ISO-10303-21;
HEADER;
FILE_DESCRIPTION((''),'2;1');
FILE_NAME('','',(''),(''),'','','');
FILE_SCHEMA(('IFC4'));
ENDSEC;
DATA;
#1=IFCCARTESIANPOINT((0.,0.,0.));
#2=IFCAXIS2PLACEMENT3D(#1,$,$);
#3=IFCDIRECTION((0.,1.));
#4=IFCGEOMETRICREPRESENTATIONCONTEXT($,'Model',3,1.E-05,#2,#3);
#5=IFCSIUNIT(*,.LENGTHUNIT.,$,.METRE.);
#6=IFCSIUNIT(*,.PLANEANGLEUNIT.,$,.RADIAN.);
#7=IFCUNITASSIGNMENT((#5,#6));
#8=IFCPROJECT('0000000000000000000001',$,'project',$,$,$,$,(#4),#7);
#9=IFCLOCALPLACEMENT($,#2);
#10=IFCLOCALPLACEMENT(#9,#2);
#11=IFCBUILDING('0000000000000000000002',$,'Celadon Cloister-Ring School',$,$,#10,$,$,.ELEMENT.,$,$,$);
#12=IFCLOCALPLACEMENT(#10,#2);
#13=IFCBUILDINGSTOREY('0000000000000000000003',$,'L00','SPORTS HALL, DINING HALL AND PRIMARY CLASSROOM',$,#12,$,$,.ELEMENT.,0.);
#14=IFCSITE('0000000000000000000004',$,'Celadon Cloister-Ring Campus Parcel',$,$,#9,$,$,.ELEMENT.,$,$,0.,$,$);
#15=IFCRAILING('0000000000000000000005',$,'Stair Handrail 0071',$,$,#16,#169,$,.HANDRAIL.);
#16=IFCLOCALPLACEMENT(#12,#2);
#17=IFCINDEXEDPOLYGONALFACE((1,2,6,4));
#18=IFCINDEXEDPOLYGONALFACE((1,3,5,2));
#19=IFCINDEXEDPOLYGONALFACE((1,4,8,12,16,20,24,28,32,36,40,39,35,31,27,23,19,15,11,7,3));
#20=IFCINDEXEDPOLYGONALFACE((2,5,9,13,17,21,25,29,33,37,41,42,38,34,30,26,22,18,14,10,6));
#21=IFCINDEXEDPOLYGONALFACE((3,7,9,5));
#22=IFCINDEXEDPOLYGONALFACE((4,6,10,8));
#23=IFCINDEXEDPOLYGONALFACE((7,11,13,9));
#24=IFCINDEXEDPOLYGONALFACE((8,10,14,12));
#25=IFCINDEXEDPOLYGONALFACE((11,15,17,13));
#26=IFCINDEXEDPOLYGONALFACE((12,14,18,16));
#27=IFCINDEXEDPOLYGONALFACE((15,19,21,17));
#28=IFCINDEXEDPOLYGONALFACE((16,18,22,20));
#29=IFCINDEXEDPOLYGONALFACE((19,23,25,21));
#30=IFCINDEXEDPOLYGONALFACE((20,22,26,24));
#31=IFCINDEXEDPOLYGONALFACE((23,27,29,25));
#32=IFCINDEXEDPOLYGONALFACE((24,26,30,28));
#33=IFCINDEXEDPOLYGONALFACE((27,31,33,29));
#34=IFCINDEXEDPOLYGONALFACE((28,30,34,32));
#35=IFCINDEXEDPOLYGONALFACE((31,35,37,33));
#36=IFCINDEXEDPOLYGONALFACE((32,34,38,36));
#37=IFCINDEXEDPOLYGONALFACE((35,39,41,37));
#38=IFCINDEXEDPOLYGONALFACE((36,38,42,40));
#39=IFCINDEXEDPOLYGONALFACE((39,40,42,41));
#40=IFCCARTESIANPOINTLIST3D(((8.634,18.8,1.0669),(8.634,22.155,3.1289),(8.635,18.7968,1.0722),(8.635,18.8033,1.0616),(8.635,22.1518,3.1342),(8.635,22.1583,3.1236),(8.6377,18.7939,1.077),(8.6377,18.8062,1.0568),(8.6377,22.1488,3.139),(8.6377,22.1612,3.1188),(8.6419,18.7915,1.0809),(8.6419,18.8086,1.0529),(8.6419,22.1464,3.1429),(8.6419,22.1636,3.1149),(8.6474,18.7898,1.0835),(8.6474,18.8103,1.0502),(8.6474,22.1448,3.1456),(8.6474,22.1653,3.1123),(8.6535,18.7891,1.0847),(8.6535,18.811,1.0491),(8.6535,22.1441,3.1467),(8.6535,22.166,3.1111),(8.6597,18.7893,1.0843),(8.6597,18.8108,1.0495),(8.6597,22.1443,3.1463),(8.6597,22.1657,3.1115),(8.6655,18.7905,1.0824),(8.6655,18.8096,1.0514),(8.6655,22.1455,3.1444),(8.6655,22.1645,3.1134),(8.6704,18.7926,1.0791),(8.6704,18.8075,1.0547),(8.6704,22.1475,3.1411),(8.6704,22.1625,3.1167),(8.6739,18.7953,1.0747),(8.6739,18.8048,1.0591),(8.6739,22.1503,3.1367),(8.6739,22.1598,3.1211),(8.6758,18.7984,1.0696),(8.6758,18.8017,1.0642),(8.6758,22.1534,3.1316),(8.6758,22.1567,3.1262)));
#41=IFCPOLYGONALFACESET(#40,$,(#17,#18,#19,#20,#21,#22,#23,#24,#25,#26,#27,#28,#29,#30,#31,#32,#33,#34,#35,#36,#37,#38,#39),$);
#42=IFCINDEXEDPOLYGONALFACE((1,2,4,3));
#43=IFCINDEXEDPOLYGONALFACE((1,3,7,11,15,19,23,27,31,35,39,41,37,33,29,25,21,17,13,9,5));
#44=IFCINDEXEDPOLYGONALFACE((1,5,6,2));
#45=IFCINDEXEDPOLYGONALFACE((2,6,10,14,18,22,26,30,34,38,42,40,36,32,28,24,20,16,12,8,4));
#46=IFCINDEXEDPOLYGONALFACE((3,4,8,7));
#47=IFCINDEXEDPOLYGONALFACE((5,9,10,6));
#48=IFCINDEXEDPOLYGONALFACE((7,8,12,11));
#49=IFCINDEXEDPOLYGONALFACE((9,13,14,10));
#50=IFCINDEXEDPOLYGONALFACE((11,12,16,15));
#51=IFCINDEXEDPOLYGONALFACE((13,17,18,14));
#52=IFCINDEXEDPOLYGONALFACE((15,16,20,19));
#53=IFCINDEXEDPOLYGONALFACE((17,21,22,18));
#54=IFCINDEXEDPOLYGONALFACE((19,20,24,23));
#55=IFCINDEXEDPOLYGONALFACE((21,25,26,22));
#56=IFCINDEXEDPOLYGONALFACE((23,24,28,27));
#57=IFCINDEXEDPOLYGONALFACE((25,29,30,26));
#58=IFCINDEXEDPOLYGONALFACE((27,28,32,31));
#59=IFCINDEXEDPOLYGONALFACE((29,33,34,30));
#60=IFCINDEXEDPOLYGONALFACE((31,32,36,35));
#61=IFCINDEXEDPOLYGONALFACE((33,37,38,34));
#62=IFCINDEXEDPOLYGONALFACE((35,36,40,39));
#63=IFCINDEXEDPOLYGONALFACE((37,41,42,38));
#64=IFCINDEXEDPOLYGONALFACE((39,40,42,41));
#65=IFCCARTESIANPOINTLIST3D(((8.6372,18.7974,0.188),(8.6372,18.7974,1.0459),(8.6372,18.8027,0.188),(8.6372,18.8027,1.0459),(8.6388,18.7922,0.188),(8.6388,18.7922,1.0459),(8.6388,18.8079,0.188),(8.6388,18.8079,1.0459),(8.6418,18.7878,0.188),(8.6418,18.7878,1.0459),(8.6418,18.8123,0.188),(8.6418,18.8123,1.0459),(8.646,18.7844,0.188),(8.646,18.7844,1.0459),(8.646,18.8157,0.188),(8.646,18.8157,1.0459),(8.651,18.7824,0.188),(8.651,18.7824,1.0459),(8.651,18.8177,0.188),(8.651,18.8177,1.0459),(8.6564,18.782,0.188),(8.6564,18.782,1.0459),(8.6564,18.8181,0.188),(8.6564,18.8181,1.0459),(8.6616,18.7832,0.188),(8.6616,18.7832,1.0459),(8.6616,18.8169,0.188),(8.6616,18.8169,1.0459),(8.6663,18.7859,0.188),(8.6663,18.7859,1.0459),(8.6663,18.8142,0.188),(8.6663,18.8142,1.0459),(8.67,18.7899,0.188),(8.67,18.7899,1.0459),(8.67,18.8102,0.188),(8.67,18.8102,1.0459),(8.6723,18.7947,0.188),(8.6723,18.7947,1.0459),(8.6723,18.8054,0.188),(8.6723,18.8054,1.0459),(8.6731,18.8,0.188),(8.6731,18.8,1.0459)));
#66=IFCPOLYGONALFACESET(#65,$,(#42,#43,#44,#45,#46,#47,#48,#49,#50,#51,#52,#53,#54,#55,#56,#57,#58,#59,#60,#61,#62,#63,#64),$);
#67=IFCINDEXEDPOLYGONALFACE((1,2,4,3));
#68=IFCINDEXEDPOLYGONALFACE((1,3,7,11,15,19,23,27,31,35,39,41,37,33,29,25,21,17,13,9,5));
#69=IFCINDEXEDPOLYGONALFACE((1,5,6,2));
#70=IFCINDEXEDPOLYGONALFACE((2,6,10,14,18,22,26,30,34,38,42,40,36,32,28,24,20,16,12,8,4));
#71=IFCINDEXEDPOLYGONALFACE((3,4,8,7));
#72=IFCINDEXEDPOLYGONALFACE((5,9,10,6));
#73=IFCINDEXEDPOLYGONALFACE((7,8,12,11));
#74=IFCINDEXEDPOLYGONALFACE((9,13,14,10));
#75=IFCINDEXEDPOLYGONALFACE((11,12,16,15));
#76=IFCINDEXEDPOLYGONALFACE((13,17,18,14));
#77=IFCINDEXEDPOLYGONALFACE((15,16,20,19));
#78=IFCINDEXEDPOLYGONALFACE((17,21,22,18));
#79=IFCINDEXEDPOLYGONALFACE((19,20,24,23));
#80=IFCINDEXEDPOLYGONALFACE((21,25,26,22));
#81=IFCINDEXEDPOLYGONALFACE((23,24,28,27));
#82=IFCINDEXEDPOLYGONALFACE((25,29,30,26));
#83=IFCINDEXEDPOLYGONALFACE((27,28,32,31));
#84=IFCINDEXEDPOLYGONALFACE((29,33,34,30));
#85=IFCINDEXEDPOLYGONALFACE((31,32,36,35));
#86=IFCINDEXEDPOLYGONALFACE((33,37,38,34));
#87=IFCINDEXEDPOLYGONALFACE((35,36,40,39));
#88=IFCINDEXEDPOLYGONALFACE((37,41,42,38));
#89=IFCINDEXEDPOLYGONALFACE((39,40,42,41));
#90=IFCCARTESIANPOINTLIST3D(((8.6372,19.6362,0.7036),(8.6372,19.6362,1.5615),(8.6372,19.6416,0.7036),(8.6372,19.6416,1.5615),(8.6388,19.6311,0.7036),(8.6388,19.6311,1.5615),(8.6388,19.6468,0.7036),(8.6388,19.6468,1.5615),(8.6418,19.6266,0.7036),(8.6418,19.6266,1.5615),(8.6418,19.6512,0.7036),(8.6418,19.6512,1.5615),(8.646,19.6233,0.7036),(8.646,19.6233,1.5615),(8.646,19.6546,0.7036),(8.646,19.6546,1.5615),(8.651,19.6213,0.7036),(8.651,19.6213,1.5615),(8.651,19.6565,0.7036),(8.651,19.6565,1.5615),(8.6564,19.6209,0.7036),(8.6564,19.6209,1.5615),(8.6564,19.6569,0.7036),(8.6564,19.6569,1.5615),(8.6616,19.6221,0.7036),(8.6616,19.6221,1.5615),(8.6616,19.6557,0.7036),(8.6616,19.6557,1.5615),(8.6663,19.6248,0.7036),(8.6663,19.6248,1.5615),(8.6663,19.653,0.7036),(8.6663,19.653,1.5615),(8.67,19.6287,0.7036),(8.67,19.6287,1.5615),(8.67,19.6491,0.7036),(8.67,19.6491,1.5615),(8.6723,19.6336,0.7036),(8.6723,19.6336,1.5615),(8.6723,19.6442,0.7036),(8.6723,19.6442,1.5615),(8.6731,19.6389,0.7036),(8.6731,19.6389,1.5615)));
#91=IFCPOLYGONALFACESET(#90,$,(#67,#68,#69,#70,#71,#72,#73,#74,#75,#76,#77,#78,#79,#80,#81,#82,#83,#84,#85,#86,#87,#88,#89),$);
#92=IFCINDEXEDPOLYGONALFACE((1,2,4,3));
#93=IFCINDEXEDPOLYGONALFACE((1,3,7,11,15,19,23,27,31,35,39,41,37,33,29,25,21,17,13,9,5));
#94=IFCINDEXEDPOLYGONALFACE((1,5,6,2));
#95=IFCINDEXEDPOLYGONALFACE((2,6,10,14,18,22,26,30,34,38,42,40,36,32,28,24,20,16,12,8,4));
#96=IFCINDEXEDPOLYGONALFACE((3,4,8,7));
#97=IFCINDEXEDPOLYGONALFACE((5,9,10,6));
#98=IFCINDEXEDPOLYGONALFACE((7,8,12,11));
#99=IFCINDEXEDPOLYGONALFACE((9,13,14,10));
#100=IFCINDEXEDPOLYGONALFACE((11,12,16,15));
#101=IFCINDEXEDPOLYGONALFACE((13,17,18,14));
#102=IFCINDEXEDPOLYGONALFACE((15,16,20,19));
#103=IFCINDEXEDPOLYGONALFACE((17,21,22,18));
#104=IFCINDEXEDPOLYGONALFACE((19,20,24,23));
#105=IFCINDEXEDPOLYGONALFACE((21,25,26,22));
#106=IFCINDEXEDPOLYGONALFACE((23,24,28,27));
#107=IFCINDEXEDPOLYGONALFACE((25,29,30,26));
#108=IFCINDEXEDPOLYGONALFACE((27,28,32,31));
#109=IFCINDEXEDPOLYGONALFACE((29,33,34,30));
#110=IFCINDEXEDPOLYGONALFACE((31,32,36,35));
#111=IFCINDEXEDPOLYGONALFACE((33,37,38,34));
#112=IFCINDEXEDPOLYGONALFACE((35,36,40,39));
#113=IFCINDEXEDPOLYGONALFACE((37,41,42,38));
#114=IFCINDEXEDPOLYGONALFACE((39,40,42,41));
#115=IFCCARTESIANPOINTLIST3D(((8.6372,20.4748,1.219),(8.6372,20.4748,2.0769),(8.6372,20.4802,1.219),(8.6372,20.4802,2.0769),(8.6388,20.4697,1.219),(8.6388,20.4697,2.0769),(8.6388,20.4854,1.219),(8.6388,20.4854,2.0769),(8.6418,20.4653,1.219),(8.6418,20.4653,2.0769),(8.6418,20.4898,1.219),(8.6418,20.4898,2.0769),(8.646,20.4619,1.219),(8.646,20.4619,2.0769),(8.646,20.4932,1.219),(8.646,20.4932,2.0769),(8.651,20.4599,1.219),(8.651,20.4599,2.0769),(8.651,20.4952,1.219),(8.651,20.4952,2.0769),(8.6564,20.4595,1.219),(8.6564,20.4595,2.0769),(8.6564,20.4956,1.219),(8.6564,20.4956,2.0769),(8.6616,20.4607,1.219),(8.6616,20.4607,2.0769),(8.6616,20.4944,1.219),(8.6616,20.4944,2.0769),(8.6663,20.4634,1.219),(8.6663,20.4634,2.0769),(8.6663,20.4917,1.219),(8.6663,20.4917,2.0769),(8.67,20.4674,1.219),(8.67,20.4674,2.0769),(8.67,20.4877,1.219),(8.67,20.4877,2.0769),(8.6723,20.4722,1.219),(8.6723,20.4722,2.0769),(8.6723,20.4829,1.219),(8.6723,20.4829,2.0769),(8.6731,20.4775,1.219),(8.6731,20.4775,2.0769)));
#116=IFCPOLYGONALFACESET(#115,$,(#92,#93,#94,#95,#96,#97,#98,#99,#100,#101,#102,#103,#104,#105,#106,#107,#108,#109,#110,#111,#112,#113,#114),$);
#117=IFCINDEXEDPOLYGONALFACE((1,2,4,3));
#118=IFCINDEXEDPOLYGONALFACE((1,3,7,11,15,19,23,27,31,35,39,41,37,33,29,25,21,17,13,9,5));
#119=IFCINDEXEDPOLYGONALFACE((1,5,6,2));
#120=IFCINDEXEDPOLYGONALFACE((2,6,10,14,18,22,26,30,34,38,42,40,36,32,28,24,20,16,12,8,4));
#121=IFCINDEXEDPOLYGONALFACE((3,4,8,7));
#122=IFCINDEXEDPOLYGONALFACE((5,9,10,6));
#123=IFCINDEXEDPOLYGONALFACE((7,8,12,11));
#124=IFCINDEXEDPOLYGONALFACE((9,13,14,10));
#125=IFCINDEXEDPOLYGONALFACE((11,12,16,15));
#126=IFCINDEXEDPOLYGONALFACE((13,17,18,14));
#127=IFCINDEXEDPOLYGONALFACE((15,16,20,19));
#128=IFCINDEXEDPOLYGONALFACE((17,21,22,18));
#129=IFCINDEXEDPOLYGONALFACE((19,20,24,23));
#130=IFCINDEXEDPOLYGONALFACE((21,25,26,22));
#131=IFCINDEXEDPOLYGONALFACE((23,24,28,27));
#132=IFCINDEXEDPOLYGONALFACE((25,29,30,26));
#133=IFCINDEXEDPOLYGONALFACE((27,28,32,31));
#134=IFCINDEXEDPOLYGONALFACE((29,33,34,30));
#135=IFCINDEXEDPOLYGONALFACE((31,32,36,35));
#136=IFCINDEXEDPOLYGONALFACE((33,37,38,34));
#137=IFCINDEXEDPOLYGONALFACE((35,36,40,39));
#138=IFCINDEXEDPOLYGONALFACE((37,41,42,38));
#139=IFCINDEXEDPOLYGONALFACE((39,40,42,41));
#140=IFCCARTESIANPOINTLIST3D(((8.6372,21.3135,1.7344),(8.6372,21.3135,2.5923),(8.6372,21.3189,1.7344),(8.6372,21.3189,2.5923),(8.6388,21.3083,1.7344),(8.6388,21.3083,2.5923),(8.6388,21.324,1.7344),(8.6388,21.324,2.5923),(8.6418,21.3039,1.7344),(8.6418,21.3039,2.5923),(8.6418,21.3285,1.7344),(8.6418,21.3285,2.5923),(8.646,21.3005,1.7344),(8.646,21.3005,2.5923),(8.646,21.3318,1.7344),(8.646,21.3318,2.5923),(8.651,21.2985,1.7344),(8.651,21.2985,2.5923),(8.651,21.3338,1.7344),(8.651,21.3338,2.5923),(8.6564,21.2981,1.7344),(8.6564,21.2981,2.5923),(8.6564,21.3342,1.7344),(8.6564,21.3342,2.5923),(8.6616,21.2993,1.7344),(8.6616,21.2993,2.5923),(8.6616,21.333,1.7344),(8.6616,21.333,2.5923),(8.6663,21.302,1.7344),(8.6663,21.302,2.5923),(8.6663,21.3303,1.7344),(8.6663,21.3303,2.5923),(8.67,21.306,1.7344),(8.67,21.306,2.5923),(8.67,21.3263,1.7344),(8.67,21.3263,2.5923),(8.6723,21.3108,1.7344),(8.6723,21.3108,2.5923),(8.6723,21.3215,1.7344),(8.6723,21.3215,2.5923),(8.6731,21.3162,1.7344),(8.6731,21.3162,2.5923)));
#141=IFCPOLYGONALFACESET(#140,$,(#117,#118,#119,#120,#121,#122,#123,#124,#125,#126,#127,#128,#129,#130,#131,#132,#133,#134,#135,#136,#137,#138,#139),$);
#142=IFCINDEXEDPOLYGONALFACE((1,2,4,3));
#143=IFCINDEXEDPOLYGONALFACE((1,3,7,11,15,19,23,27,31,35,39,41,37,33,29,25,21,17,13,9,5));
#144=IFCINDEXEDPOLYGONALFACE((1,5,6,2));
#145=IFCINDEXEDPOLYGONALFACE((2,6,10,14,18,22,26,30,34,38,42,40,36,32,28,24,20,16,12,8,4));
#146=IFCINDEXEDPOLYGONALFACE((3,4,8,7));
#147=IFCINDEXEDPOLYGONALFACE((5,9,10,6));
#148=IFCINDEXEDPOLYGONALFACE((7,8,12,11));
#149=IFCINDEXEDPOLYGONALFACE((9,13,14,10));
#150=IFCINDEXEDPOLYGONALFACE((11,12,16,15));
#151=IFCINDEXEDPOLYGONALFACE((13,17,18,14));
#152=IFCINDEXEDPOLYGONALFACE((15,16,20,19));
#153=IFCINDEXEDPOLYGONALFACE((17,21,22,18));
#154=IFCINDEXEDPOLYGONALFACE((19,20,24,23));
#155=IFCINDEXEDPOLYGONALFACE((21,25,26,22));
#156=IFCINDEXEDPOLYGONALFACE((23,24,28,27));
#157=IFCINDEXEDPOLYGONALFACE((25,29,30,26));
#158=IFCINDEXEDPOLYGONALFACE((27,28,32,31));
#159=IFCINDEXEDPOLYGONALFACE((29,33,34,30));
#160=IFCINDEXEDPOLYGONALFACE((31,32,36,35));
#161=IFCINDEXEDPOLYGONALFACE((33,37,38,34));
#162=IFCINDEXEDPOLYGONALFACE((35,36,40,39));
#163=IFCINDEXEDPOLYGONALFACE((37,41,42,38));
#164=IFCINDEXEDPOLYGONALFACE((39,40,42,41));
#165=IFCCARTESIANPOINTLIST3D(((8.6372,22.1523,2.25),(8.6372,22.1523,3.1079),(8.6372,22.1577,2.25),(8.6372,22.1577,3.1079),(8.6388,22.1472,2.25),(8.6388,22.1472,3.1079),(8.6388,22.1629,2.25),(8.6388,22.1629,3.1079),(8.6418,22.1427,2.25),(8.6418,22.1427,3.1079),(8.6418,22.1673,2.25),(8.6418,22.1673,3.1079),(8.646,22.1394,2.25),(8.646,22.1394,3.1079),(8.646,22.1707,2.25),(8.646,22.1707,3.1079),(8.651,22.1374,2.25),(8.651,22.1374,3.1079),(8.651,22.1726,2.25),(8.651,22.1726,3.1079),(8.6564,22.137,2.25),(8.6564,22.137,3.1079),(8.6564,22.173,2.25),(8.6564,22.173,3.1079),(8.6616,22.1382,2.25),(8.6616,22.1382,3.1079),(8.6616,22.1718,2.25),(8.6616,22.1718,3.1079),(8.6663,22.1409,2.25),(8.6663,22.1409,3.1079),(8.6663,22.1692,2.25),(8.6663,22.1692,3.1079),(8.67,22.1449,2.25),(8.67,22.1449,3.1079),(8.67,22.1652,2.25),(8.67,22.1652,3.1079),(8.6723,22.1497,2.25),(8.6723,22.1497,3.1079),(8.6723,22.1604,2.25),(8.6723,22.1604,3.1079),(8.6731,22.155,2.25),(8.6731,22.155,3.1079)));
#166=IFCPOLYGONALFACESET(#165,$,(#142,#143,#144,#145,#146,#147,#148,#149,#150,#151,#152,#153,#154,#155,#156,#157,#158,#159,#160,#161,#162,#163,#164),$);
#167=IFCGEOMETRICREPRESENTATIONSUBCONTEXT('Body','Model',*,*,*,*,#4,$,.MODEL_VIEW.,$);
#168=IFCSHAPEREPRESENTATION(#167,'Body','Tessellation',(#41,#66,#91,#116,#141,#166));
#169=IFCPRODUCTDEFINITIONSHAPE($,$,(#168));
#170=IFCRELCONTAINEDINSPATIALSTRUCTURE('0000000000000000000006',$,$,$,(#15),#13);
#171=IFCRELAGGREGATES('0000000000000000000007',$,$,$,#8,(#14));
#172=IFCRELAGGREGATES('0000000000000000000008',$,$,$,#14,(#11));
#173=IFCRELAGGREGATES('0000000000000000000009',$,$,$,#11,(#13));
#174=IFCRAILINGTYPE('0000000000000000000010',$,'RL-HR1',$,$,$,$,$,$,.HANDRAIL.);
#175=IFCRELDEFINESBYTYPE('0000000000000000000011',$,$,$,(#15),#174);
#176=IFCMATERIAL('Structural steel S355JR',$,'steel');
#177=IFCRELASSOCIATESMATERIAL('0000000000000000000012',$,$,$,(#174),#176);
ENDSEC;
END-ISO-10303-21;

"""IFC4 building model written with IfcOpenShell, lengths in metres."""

from ifc_helpers import new_model, si_unit, direction, frame, origin, origin_2d, place, context, subcontext, project, spatial, circle, extrude, material, type_object, element, save


model = new_model("IFC4")

# Units and contexts
model_context = context("Model", 3, precision=1e-05, world=origin(), true_north=direction((0.0, 1.0)))
body_context = subcontext(model_context, "Body", "Model", "MODEL_VIEW")
ifc_project = project(units=[si_unit("LENGTHUNIT", "METRE"), si_unit("PLANEANGLEUNIT", "RADIAN")], contexts=[model_context])

# Site, building, storey
site_placement = place(None, origin())
site = spatial("IfcSite", under=ifc_project, at=site_placement, Name="Celadon Cloister-Ring Campus Parcel", CompositionType="ELEMENT", RefElevation=0.0)
building_placement = place(site_placement, origin())
building = spatial("IfcBuilding", under=site, at=building_placement, Name="Celadon Cloister-Ring School", CompositionType="ELEMENT")
storey_placement = place(building_placement, origin())
storey = spatial("IfcBuildingStorey", under=building, at=storey_placement, Name="L00", Description="SPORTS HALL, DINING HALL AND PRIMARY CLASSROOM", CompositionType="ELEMENT", Elevation=0.0)

# Railing
ifc_material_1 = material(Name="Structural steel S355JR", Category="steel")
railing_type = type_object("IfcRailingType", Name="RL-HR1", PredefinedType="HANDRAIL", material=ifc_material_1)
for number, where, name in (
    (1, (8.655, 18.8, 0.188), "Stair Handrail 0071"),
):
    element("IfcRailing", number, at=place(storey_placement, frame(where)), inside=storey, type_object=railing_type, Name=name, PredefinedType="HANDRAIL", context=body_context, shape_type="SweptSolid", body=[
        extrude(circle(Radius=0.021, at=origin_2d()), frame((0.0, 0.0, 0.8789), z_axis=(0.0, 0.851952, 0.52362), x_axis=(-1.0, 0.0, 0.0)), (0.0, 0.0, 1.0), 3.938),
        extrude(circle(Radius=0.0181, at=origin_2d()), origin(), (0.0, 0.0, 1.0), 0.8579),
        extrude(circle(Radius=0.0181, at=origin_2d()), frame((0.0, 0.8389, 0.5156)), (0.0, 0.0, 1.0), 0.8579),
        extrude(circle(Radius=0.0181, at=origin_2d()), frame((0.0, 1.6775, 1.031)), (0.0, 0.0, 1.0), 0.8579),
        extrude(circle(Radius=0.0181, at=origin_2d()), frame((0.0, 2.5161, 1.5464)), (0.0, 0.0, 1.0), 0.8579),
        extrude(circle(Radius=0.0181, at=origin_2d()), frame((0.0, 3.355, 2.062)), (0.0, 0.0, 1.0), 0.8579),
    ])

save(model, "model.ifc")
